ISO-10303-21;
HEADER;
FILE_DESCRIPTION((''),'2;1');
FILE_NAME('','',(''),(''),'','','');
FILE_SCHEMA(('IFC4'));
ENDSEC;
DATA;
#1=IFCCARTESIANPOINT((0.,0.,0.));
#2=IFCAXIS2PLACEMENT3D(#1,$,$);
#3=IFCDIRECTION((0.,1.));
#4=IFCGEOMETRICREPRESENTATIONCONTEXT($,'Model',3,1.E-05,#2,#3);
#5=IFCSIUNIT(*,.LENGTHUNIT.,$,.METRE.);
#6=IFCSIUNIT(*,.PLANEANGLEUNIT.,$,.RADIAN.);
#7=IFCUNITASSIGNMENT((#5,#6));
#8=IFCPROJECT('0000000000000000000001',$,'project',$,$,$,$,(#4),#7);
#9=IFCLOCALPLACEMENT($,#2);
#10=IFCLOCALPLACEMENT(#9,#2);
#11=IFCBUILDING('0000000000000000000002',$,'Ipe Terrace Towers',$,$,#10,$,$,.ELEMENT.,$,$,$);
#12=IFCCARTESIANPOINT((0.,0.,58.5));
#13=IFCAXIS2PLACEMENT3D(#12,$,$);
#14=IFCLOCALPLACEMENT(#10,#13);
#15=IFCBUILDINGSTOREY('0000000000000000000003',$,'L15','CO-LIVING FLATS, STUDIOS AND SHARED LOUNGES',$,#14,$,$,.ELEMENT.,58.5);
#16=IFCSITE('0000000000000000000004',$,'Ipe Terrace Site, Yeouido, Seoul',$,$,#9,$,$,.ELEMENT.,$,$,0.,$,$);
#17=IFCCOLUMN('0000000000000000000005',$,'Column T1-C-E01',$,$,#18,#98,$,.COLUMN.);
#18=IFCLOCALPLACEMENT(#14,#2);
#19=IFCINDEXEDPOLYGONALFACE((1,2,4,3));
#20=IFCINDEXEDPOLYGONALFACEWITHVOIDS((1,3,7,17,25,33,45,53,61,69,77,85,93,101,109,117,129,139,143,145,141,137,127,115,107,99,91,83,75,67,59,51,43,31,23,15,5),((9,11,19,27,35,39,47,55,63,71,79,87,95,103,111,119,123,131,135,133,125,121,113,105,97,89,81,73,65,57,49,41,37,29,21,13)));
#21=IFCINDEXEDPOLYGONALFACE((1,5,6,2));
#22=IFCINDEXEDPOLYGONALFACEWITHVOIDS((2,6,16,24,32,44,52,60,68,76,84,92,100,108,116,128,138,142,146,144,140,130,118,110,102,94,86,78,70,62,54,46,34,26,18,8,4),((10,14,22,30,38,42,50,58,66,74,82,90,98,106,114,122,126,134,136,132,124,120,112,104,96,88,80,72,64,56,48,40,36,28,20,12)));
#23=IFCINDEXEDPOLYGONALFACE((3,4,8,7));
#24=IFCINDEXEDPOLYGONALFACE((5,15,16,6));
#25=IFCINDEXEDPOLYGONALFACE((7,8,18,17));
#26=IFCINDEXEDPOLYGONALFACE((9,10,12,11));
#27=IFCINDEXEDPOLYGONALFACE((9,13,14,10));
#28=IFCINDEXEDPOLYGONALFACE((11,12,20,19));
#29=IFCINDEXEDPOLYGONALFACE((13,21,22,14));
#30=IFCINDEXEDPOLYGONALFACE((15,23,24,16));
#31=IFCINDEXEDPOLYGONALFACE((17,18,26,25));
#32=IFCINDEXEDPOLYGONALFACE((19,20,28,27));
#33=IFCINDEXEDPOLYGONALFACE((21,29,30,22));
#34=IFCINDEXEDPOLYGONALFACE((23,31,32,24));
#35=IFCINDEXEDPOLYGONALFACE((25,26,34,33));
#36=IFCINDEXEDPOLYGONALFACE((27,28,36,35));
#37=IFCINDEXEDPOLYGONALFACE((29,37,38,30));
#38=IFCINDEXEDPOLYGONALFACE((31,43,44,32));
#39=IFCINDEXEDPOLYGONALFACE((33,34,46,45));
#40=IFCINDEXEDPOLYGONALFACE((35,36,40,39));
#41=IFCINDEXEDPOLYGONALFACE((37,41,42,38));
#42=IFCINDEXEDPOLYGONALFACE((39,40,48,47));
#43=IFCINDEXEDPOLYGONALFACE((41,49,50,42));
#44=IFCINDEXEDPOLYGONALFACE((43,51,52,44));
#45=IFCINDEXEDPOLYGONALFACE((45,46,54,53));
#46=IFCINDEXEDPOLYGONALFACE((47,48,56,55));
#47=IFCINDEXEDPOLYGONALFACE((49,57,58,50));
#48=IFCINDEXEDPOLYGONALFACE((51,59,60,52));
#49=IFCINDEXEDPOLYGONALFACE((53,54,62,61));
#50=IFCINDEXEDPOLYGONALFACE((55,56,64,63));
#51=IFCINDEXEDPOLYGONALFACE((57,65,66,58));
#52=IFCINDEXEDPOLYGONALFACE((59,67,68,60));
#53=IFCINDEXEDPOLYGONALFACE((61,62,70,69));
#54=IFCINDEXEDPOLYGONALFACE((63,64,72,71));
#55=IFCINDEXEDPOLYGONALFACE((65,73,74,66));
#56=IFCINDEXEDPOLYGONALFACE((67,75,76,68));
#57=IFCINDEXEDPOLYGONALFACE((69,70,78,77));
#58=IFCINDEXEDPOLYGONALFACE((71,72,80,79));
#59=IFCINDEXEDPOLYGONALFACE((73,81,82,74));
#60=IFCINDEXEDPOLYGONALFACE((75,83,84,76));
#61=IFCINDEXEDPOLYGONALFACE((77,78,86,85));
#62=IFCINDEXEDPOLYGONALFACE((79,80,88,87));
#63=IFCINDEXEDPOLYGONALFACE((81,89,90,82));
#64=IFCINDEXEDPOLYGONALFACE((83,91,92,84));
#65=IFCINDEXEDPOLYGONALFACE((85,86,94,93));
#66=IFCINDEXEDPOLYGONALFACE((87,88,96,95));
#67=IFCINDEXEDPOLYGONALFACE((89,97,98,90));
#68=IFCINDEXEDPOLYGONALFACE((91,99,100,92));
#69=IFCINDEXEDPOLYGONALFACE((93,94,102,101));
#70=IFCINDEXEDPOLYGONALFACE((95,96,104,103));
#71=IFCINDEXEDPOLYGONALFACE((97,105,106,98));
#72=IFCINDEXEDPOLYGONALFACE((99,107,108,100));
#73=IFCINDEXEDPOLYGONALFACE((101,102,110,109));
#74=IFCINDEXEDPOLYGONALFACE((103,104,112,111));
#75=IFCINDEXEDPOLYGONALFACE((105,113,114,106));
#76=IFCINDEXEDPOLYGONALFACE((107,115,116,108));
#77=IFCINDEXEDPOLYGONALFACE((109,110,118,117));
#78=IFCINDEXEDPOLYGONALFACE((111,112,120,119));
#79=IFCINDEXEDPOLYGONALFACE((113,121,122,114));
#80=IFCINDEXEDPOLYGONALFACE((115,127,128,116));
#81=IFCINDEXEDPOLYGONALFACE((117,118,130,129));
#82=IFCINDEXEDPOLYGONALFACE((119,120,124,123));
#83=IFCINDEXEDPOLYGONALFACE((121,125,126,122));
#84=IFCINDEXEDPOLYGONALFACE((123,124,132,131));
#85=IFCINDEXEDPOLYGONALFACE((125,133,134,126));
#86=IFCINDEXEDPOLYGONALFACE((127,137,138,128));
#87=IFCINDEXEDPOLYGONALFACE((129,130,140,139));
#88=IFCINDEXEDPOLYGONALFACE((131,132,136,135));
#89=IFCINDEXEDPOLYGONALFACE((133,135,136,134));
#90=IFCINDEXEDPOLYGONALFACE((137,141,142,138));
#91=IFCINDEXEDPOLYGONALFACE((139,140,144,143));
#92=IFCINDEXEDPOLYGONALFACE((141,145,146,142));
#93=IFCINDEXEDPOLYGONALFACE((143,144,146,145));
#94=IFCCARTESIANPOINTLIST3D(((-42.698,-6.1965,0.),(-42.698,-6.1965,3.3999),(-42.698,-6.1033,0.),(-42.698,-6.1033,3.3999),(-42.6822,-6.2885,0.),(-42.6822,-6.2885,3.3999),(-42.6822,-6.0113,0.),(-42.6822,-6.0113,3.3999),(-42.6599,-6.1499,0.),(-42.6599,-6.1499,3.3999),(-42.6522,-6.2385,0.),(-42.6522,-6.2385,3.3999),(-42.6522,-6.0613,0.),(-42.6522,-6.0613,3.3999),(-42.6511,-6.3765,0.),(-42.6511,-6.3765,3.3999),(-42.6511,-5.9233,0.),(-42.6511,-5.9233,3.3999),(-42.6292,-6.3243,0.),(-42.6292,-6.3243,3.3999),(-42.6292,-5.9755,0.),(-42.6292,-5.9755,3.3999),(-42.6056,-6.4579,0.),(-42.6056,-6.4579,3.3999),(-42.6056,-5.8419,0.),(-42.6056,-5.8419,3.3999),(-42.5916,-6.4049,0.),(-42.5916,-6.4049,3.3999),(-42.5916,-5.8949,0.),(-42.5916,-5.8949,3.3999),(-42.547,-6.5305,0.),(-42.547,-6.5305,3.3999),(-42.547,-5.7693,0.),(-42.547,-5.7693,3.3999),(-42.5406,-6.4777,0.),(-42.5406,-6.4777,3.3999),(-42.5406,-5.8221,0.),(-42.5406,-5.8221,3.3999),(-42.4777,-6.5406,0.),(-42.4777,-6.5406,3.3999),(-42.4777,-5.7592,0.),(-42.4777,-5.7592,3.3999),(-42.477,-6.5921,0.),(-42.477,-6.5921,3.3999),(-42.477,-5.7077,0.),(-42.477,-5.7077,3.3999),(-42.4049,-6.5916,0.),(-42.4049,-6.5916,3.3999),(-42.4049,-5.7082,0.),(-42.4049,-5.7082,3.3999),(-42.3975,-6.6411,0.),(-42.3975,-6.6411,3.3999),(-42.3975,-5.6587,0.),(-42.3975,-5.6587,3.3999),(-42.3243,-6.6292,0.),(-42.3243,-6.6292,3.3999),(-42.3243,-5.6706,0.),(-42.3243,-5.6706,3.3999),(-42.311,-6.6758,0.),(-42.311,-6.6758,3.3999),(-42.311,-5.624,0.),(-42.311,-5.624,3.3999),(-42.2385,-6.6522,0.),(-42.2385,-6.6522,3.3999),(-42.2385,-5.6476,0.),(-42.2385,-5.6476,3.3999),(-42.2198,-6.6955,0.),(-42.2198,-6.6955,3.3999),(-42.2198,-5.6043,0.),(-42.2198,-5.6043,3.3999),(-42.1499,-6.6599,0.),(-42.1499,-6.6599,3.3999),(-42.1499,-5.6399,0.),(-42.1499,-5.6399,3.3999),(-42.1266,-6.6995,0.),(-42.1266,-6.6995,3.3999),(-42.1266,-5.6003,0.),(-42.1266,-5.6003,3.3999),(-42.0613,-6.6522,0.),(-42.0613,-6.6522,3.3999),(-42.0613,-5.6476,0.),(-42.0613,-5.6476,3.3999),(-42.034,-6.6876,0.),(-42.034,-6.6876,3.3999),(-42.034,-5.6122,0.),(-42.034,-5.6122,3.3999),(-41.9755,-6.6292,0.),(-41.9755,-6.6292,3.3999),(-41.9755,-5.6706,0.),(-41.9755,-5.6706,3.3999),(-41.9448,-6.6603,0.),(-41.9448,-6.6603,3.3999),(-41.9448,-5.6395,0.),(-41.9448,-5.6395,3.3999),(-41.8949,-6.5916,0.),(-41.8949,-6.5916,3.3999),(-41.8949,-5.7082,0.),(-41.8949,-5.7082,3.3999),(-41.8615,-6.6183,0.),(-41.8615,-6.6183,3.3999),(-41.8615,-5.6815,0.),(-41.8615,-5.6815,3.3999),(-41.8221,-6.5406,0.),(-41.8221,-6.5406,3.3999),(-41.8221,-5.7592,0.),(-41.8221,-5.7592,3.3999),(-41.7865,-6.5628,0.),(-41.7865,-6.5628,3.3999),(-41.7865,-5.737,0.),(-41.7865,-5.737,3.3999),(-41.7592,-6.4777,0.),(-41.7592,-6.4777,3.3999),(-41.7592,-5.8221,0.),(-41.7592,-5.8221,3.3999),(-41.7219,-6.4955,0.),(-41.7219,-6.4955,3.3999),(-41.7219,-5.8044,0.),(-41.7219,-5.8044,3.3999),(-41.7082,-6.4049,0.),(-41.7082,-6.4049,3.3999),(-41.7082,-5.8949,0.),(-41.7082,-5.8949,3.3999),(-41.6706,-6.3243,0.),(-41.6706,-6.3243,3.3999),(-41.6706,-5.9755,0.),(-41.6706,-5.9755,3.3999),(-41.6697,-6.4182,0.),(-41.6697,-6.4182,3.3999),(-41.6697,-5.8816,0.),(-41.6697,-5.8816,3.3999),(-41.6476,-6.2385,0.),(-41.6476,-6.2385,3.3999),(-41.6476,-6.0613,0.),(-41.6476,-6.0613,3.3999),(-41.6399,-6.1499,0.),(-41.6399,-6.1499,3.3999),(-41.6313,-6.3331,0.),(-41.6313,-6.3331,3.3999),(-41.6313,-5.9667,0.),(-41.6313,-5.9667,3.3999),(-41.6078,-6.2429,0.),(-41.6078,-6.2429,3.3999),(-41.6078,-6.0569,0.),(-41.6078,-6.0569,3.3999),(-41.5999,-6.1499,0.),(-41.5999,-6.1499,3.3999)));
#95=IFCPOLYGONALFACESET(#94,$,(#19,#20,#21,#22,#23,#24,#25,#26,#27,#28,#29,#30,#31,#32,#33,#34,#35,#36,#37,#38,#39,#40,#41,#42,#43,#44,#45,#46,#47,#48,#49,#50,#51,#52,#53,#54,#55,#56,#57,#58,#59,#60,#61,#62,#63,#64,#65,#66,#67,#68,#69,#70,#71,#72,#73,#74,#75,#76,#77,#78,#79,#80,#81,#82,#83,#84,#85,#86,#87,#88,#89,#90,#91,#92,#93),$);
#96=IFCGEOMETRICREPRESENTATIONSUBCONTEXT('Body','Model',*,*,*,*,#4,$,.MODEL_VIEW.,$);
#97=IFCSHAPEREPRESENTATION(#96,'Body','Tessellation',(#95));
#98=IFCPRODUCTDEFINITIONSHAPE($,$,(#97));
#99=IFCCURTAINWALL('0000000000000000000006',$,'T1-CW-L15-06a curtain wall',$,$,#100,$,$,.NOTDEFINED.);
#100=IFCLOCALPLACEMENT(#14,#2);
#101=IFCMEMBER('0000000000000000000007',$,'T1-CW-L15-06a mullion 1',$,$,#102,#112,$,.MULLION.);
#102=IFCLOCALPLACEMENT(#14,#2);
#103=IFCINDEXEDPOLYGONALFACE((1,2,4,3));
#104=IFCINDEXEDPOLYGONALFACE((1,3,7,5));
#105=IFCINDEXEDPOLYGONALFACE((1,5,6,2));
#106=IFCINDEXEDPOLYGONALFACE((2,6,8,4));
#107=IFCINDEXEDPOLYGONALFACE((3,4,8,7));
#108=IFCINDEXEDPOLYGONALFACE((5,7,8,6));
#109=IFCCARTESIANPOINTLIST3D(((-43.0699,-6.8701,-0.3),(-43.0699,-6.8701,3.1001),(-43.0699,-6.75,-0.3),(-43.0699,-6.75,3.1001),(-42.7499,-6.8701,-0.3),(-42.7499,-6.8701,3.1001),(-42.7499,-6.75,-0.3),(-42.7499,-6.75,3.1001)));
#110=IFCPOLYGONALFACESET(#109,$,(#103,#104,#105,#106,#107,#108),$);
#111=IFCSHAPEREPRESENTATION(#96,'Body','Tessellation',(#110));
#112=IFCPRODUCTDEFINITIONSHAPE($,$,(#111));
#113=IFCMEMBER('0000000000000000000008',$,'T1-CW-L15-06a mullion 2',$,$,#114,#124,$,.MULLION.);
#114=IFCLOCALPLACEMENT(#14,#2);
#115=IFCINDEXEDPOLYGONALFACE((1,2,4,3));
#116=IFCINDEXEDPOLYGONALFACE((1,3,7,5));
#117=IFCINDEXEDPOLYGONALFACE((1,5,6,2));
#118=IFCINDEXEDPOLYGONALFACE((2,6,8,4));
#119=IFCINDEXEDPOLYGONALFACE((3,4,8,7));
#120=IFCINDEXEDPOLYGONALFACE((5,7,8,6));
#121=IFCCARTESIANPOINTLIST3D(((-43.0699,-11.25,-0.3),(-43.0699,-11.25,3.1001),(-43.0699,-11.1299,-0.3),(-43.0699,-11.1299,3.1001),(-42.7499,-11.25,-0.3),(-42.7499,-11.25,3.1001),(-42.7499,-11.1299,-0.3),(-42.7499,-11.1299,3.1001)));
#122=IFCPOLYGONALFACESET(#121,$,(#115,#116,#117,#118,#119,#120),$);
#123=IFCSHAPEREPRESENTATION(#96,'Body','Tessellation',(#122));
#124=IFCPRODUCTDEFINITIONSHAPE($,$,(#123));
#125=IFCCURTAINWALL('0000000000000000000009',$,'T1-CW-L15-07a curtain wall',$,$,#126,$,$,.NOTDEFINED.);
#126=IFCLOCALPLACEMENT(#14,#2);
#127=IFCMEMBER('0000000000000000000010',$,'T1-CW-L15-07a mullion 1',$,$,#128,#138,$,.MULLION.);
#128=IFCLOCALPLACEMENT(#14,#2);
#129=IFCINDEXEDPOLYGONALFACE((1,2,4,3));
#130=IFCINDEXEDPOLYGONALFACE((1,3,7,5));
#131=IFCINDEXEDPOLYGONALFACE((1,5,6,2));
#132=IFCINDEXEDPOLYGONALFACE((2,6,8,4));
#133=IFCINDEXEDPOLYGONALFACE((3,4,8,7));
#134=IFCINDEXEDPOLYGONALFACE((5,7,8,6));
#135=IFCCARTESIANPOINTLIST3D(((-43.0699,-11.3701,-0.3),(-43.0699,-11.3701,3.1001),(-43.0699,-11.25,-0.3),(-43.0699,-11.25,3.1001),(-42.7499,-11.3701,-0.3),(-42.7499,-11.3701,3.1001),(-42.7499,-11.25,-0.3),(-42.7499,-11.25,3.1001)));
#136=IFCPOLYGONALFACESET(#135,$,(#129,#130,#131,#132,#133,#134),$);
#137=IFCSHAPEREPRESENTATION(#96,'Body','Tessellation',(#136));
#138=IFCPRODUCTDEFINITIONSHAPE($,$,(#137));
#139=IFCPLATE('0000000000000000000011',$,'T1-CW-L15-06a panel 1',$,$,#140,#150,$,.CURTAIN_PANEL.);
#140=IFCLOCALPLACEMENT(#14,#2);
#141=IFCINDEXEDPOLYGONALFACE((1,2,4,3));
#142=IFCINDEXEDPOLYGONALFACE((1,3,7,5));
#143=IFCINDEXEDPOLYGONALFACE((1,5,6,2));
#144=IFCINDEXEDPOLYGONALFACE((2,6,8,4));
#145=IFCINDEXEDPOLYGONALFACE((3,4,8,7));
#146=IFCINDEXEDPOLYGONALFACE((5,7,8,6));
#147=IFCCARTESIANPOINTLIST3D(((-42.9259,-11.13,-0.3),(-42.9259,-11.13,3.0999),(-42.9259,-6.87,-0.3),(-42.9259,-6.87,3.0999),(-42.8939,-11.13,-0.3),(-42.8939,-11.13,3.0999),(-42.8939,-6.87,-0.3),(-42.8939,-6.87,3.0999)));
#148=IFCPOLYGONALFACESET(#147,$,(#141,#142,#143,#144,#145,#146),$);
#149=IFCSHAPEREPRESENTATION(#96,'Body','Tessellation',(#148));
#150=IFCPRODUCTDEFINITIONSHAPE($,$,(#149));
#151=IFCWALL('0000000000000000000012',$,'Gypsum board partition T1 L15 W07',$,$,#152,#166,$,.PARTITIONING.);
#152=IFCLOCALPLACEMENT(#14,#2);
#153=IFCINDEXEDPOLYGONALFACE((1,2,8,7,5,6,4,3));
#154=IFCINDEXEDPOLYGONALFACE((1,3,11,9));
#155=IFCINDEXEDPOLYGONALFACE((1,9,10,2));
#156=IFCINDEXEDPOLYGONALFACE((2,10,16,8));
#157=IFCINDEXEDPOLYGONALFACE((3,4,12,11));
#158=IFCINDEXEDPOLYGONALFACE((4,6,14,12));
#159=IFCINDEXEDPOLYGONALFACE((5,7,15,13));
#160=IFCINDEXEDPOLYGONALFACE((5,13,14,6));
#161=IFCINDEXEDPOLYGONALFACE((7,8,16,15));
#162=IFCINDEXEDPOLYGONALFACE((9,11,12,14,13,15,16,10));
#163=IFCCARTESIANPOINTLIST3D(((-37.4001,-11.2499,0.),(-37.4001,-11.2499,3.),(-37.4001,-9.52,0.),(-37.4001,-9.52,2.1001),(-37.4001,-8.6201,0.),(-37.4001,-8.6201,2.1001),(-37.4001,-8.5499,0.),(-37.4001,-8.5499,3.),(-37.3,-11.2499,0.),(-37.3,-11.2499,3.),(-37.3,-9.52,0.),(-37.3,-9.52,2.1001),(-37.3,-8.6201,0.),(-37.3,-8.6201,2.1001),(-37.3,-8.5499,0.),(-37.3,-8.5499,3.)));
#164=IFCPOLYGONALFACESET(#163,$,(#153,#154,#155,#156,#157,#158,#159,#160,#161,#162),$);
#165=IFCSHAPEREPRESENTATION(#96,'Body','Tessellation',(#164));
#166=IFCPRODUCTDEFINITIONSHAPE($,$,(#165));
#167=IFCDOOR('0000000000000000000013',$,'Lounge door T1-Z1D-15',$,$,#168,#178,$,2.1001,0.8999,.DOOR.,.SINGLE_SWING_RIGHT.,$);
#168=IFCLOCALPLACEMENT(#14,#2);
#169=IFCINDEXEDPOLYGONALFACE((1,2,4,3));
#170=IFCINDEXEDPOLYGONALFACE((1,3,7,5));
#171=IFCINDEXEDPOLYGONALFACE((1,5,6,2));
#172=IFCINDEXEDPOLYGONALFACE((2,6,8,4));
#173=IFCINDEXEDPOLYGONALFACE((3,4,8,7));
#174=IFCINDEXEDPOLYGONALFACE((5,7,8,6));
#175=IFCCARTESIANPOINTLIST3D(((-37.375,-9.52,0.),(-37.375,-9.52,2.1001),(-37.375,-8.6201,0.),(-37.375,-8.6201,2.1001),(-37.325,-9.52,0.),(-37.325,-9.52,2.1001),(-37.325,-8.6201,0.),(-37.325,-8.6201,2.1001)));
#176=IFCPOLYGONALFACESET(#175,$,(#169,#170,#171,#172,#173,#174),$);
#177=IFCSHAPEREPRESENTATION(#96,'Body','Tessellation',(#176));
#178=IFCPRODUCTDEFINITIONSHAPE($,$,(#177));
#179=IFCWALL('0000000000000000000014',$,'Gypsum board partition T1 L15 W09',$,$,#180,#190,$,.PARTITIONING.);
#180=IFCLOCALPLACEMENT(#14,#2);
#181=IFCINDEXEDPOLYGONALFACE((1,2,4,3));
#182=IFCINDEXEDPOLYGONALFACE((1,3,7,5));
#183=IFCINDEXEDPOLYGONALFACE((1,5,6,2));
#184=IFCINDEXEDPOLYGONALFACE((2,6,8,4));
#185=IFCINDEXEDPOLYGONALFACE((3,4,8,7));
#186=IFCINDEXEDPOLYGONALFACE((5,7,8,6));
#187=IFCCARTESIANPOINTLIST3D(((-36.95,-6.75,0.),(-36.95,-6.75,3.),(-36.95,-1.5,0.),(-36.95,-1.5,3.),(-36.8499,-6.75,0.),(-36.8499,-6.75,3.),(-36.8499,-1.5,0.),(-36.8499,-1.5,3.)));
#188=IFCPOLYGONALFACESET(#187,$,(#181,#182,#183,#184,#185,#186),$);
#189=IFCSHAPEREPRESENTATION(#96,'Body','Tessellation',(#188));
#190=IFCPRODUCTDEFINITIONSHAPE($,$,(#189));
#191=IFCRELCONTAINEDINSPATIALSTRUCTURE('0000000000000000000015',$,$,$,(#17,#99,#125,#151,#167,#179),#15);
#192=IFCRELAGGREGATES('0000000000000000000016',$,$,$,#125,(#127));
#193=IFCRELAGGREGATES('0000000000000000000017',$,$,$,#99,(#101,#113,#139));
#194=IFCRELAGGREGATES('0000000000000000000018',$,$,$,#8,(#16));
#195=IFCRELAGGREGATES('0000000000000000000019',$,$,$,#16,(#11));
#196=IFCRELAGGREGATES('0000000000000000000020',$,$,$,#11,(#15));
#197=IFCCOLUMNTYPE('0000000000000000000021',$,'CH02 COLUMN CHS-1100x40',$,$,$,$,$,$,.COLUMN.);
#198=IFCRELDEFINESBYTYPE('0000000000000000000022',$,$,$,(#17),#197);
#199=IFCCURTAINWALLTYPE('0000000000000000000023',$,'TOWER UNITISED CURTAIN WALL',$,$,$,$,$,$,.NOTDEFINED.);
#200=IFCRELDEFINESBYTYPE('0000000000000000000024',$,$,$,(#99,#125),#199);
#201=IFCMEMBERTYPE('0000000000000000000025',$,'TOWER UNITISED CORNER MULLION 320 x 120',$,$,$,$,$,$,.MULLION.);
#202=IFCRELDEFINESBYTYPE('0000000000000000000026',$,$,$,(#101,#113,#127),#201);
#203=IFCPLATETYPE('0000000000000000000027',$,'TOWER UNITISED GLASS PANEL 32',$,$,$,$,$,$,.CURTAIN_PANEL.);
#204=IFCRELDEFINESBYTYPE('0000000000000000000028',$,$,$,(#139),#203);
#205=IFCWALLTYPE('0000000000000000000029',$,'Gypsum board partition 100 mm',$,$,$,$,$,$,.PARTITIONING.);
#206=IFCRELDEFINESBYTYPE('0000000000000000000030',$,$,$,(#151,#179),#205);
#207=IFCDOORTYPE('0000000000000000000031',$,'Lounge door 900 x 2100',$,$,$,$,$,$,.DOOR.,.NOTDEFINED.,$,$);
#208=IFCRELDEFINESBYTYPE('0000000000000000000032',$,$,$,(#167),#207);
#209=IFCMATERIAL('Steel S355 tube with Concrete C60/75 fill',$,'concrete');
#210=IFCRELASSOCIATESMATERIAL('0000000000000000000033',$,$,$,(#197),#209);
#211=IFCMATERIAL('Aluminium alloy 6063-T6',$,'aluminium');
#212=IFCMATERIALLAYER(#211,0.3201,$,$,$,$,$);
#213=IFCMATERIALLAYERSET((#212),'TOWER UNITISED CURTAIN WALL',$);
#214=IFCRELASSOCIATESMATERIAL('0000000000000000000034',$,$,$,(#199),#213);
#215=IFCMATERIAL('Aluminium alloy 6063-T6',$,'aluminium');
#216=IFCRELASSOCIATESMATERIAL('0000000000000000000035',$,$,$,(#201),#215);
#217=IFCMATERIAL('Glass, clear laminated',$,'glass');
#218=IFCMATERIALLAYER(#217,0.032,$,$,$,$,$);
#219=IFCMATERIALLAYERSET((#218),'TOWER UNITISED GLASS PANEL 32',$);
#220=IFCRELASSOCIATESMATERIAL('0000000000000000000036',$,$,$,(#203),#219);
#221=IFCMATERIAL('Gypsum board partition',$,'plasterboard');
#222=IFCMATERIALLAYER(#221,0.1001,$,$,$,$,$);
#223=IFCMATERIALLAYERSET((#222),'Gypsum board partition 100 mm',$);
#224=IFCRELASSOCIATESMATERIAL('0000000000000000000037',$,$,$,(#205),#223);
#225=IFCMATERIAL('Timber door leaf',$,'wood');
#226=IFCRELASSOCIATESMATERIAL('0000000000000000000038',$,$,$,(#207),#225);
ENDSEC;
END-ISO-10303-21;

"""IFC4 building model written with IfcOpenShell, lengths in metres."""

from ifc_helpers import new_model, si_unit, direction, frame, frame_2d, origin, origin_2d, place, context, subcontext, project, spatial, rectangle, hollow_circle, extrude, material, layer, layer_set, material_profile, profile_set, type_object, element, fill, aggregate, save


model = new_model("IFC4")

# Units and contexts
model_context = context("Model", 3, precision=1e-05, world=origin(), true_north=direction((0.0, 1.0)))
body_context = subcontext(model_context, "Body", "Model", "MODEL_VIEW")
ifc_project = project(units=[si_unit("LENGTHUNIT", "METRE"), si_unit("PLANEANGLEUNIT", "RADIAN")], contexts=[model_context])

# Site, building, storey
site_placement = place(None, origin())
site = spatial("IfcSite", under=ifc_project, at=site_placement, Name="Ipe Terrace Site, Yeouido, Seoul", CompositionType="ELEMENT", RefElevation=0.0)
building_placement = place(site_placement, origin())
building = spatial("IfcBuilding", under=site, at=building_placement, Name="Ipe Terrace Towers", CompositionType="ELEMENT")
storey_placement = place(building_placement, frame((0.0, 0.0, 58.5)))
storey = spatial("IfcBuildingStorey", under=building, at=storey_placement, Name="L15", Description="CO-LIVING FLATS, STUDIOS AND SHARED LOUNGES", CompositionType="ELEMENT", Elevation=58.5)

# Column
ifc_material_1 = material(Name="Steel S355 tube with Concrete C60/75 fill", Category="concrete")
ifc_material_profile_1 = material_profile(ifc_material_1, hollow_circle(Radius=0.55, WallThickness=0.04, at=origin_2d()), Name="CHS-1100x40")
ifc_profile_set_1 = profile_set([ifc_material_profile_1], Name="Steel S355 tube with Concrete C60/75 fill")
column_type = type_object("IfcColumnType", Name="CH02 COLUMN CHS-1100x40", PredefinedType="COLUMN", material=ifc_profile_set_1)
column_placement = place(storey_placement, frame((-42.1499, -6.1499, 0.0), z_axis=(0.0, 0.0, 1.0), x_axis=(1.0, 0.0, 0.0)))
element("IfcColumn", 1, at=column_placement, inside=storey, type_object=column_type, Name="Column T1-C-E01", PredefinedType="COLUMN", context=body_context, shape_type="SweptSolid", body=[
    extrude(hollow_circle(Radius=0.55, WallThickness=0.04, at=origin_2d()), origin(), (0.0, 0.0, 1.0), 3.3999),
])

# Curtain wall, members
ifc_material_2 = material(Name="Aluminium alloy 6063-T6", Category="aluminium")
ifc_layer_1 = layer(ifc_material_2, 0.3201)
ifc_layer_set_1 = layer_set([ifc_layer_1], Name="TOWER UNITISED CURTAIN WALL")
curtain_wall_type = type_object("IfcCurtainWallType", Name="TOWER UNITISED CURTAIN WALL", PredefinedType="NOTDEFINED", material=ifc_layer_set_1)
curtain_wall_1_placement = place(storey_placement, origin())
curtain_wall_1 = element("IfcCurtainWall", 2, at=curtain_wall_1_placement, inside=storey, type_object=curtain_wall_type, Name="T1-CW-L15-06a curtain wall", PredefinedType="NOTDEFINED")
ifc_material_3 = material(Name="Aluminium alloy 6063-T6", Category="aluminium")
ifc_material_profile_2 = material_profile(ifc_material_3, rectangle(XDim=0.3201, YDim=0.1201, at=origin_2d()), Name="TOWER UNITISED CORNER MULLION 320 x 120")
ifc_profile_set_2 = profile_set([ifc_material_profile_2], Name="Aluminium alloy 6063-T6")
member_type = type_object("IfcMemberType", Name="TOWER UNITISED CORNER MULLION 320 x 120", PredefinedType="MULLION", material=ifc_profile_set_2)
member_1_placement = place(storey_placement, frame((-42.9099, -6.8101, -0.3), z_axis=(0.0, 0.0, 1.0), x_axis=(-1.0, 0.0, 0.0)))
member_1 = element("IfcMember", 3, at=member_1_placement, type_object=member_type, Name="T1-CW-L15-06a mullion 1", PredefinedType="MULLION", context=body_context, shape_type="SweptSolid", body=[
    extrude(rectangle(XDim=0.3201, YDim=0.1201, at=origin_2d()), origin(), (0.0, 0.0, 1.0), 3.4001),
])
member_2_placement = place(storey_placement, frame((-42.9099, -11.1899, -0.3), z_axis=(0.0, 0.0, 1.0), x_axis=(-1.0, 0.0, 0.0)))
member_2 = element("IfcMember", 4, at=member_2_placement, type_object=member_type, Name="T1-CW-L15-06a mullion 2", PredefinedType="MULLION", context=body_context, shape_type="SweptSolid", body=[
    extrude(rectangle(XDim=0.3201, YDim=0.1201, at=origin_2d()), origin(), (0.0, 0.0, 1.0), 3.4001),
])

# Curtain wall, member
curtain_wall_2_placement = place(storey_placement, origin())
curtain_wall_2 = element("IfcCurtainWall", 5, at=curtain_wall_2_placement, inside=storey, type_object=curtain_wall_type, Name="T1-CW-L15-07a curtain wall", PredefinedType="NOTDEFINED")
member_3_placement = place(storey_placement, frame((-42.9099, -11.3101, -0.3), z_axis=(0.0, 0.0, 1.0), x_axis=(-1.0, 0.0, 0.0)))
member_3 = element("IfcMember", 6, at=member_3_placement, type_object=member_type, Name="T1-CW-L15-07a mullion 1", PredefinedType="MULLION", context=body_context, shape_type="SweptSolid", body=[
    extrude(rectangle(XDim=0.3201, YDim=0.1201, at=origin_2d()), origin(), (0.0, 0.0, 1.0), 3.4001),
])
aggregate(curtain_wall_2, [member_3])

# Plate
ifc_material_4 = material(Name="Glass, clear laminated", Category="glass")
ifc_layer_2 = layer(ifc_material_4, 0.032)
ifc_layer_set_2 = layer_set([ifc_layer_2], Name="TOWER UNITISED GLASS PANEL 32")
plate_type = type_object("IfcPlateType", Name="TOWER UNITISED GLASS PANEL 32", PredefinedType="CURTAIN_PANEL", material=ifc_layer_set_2)
plate_placement = place(storey_placement, frame((-42.9099, -9.0, -0.3), z_axis=(0.0, 0.0, 1.0), x_axis=(0.0, -1.0, 0.0)))
plate = element("IfcPlate", 7, at=plate_placement, type_object=plate_type, Name="T1-CW-L15-06a panel 1", PredefinedType="CURTAIN_PANEL", context=body_context, shape_type="SweptSolid", body=[
    extrude(rectangle(XDim=4.26, YDim=0.032, at=origin_2d()), origin(), (0.0, 0.0, 1.0), 3.3999),
])
aggregate(curtain_wall_1, [member_1, member_2, plate])

# Wall, opening, door
ifc_material_5 = material(Name="Gypsum board partition", Category="plasterboard")
ifc_layer_3 = layer(ifc_material_5, 0.1001)
ifc_layer_set_3 = layer_set([ifc_layer_3], Name="Gypsum board partition 100 mm")
wall_type_1 = type_object("IfcWallType", Name="Gypsum board partition 100 mm", PredefinedType="PARTITIONING", material=ifc_layer_set_3)
wall_1_placement = place(storey_placement, frame((-37.3501, -11.25, 0.0), z_axis=(0.0, 0.0, 1.0), x_axis=(0.0, 1.0, 0.0)))
wall_1 = element("IfcWall", 8, at=wall_1_placement, inside=storey, type_object=wall_type_1, Name="Gypsum board partition T1 L15 W07", PredefinedType="PARTITIONING", context=body_context, shape_type="SweptSolid", body=[
    extrude(rectangle(XDim=2.7, YDim=0.1001, at=frame_2d((1.3501, 0.0))), origin(), (0.0, 0.0, 1.0), 3.0),
])
opening_1_placement = place(wall_1_placement, frame((1.73, 0.0, 0.0)))
opening_1 = element("IfcOpeningElement", 9, at=opening_1_placement, cuts=wall_1, PredefinedType="OPENING", context=body_context, shape_type="SweptSolid", body=[
    extrude(rectangle(XDim=0.8999, YDim=2.1001, at=frame_2d((0.45, 1.05))), frame((0.0, 0.0601, 0.0), z_axis=(0.0, -1.0, 0.0), x_axis=(1.0, 0.0, 0.0)), (0.0, 0.0, 1.0), 0.1201),
])
ifc_material_6 = material(Name="Timber door leaf", Category="wood")
door_type_1 = type_object("IfcDoorType", Name="Lounge door 900 x 2100", OperationType="NOTDEFINED", PredefinedType="DOOR", material=ifc_material_6)
door_1_placement = place(opening_1_placement, origin())
door_1 = element("IfcDoor", 10, at=door_1_placement, inside=storey, type_object=door_type_1, Name="Lounge door T1-Z1D-15", OperationType="SINGLE_SWING_RIGHT", OverallHeight=2.1001, OverallWidth=0.8999, PredefinedType="DOOR", context=body_context, shape_type="SweptSolid", body=[
    extrude(rectangle(XDim=0.8999, YDim=2.1001, at=frame_2d((0.45, 1.05))), frame((0.0, 0.0249, 0.0), z_axis=(0.0, -1.0, 0.0), x_axis=(1.0, 0.0, 0.0)), (0.0, 0.0, 1.0), 0.05),
])
fill(opening_1, door_1)

# Wall
wall_2_placement = place(storey_placement, frame((-36.8999, -6.75, 0.0), z_axis=(0.0, 0.0, 1.0), x_axis=(0.0, 1.0, 0.0)))
element("IfcWall", 11, at=wall_2_placement, inside=storey, type_object=wall_type_1, Name="Gypsum board partition T1 L15 W09", PredefinedType="PARTITIONING", context=body_context, shape_type="SweptSolid", body=[
    extrude(rectangle(XDim=5.25, YDim=0.1001, at=frame_2d((2.625, 0.0))), origin(), (0.0, 0.0, 1.0), 3.0),
])

save(model, "model.ifc")
